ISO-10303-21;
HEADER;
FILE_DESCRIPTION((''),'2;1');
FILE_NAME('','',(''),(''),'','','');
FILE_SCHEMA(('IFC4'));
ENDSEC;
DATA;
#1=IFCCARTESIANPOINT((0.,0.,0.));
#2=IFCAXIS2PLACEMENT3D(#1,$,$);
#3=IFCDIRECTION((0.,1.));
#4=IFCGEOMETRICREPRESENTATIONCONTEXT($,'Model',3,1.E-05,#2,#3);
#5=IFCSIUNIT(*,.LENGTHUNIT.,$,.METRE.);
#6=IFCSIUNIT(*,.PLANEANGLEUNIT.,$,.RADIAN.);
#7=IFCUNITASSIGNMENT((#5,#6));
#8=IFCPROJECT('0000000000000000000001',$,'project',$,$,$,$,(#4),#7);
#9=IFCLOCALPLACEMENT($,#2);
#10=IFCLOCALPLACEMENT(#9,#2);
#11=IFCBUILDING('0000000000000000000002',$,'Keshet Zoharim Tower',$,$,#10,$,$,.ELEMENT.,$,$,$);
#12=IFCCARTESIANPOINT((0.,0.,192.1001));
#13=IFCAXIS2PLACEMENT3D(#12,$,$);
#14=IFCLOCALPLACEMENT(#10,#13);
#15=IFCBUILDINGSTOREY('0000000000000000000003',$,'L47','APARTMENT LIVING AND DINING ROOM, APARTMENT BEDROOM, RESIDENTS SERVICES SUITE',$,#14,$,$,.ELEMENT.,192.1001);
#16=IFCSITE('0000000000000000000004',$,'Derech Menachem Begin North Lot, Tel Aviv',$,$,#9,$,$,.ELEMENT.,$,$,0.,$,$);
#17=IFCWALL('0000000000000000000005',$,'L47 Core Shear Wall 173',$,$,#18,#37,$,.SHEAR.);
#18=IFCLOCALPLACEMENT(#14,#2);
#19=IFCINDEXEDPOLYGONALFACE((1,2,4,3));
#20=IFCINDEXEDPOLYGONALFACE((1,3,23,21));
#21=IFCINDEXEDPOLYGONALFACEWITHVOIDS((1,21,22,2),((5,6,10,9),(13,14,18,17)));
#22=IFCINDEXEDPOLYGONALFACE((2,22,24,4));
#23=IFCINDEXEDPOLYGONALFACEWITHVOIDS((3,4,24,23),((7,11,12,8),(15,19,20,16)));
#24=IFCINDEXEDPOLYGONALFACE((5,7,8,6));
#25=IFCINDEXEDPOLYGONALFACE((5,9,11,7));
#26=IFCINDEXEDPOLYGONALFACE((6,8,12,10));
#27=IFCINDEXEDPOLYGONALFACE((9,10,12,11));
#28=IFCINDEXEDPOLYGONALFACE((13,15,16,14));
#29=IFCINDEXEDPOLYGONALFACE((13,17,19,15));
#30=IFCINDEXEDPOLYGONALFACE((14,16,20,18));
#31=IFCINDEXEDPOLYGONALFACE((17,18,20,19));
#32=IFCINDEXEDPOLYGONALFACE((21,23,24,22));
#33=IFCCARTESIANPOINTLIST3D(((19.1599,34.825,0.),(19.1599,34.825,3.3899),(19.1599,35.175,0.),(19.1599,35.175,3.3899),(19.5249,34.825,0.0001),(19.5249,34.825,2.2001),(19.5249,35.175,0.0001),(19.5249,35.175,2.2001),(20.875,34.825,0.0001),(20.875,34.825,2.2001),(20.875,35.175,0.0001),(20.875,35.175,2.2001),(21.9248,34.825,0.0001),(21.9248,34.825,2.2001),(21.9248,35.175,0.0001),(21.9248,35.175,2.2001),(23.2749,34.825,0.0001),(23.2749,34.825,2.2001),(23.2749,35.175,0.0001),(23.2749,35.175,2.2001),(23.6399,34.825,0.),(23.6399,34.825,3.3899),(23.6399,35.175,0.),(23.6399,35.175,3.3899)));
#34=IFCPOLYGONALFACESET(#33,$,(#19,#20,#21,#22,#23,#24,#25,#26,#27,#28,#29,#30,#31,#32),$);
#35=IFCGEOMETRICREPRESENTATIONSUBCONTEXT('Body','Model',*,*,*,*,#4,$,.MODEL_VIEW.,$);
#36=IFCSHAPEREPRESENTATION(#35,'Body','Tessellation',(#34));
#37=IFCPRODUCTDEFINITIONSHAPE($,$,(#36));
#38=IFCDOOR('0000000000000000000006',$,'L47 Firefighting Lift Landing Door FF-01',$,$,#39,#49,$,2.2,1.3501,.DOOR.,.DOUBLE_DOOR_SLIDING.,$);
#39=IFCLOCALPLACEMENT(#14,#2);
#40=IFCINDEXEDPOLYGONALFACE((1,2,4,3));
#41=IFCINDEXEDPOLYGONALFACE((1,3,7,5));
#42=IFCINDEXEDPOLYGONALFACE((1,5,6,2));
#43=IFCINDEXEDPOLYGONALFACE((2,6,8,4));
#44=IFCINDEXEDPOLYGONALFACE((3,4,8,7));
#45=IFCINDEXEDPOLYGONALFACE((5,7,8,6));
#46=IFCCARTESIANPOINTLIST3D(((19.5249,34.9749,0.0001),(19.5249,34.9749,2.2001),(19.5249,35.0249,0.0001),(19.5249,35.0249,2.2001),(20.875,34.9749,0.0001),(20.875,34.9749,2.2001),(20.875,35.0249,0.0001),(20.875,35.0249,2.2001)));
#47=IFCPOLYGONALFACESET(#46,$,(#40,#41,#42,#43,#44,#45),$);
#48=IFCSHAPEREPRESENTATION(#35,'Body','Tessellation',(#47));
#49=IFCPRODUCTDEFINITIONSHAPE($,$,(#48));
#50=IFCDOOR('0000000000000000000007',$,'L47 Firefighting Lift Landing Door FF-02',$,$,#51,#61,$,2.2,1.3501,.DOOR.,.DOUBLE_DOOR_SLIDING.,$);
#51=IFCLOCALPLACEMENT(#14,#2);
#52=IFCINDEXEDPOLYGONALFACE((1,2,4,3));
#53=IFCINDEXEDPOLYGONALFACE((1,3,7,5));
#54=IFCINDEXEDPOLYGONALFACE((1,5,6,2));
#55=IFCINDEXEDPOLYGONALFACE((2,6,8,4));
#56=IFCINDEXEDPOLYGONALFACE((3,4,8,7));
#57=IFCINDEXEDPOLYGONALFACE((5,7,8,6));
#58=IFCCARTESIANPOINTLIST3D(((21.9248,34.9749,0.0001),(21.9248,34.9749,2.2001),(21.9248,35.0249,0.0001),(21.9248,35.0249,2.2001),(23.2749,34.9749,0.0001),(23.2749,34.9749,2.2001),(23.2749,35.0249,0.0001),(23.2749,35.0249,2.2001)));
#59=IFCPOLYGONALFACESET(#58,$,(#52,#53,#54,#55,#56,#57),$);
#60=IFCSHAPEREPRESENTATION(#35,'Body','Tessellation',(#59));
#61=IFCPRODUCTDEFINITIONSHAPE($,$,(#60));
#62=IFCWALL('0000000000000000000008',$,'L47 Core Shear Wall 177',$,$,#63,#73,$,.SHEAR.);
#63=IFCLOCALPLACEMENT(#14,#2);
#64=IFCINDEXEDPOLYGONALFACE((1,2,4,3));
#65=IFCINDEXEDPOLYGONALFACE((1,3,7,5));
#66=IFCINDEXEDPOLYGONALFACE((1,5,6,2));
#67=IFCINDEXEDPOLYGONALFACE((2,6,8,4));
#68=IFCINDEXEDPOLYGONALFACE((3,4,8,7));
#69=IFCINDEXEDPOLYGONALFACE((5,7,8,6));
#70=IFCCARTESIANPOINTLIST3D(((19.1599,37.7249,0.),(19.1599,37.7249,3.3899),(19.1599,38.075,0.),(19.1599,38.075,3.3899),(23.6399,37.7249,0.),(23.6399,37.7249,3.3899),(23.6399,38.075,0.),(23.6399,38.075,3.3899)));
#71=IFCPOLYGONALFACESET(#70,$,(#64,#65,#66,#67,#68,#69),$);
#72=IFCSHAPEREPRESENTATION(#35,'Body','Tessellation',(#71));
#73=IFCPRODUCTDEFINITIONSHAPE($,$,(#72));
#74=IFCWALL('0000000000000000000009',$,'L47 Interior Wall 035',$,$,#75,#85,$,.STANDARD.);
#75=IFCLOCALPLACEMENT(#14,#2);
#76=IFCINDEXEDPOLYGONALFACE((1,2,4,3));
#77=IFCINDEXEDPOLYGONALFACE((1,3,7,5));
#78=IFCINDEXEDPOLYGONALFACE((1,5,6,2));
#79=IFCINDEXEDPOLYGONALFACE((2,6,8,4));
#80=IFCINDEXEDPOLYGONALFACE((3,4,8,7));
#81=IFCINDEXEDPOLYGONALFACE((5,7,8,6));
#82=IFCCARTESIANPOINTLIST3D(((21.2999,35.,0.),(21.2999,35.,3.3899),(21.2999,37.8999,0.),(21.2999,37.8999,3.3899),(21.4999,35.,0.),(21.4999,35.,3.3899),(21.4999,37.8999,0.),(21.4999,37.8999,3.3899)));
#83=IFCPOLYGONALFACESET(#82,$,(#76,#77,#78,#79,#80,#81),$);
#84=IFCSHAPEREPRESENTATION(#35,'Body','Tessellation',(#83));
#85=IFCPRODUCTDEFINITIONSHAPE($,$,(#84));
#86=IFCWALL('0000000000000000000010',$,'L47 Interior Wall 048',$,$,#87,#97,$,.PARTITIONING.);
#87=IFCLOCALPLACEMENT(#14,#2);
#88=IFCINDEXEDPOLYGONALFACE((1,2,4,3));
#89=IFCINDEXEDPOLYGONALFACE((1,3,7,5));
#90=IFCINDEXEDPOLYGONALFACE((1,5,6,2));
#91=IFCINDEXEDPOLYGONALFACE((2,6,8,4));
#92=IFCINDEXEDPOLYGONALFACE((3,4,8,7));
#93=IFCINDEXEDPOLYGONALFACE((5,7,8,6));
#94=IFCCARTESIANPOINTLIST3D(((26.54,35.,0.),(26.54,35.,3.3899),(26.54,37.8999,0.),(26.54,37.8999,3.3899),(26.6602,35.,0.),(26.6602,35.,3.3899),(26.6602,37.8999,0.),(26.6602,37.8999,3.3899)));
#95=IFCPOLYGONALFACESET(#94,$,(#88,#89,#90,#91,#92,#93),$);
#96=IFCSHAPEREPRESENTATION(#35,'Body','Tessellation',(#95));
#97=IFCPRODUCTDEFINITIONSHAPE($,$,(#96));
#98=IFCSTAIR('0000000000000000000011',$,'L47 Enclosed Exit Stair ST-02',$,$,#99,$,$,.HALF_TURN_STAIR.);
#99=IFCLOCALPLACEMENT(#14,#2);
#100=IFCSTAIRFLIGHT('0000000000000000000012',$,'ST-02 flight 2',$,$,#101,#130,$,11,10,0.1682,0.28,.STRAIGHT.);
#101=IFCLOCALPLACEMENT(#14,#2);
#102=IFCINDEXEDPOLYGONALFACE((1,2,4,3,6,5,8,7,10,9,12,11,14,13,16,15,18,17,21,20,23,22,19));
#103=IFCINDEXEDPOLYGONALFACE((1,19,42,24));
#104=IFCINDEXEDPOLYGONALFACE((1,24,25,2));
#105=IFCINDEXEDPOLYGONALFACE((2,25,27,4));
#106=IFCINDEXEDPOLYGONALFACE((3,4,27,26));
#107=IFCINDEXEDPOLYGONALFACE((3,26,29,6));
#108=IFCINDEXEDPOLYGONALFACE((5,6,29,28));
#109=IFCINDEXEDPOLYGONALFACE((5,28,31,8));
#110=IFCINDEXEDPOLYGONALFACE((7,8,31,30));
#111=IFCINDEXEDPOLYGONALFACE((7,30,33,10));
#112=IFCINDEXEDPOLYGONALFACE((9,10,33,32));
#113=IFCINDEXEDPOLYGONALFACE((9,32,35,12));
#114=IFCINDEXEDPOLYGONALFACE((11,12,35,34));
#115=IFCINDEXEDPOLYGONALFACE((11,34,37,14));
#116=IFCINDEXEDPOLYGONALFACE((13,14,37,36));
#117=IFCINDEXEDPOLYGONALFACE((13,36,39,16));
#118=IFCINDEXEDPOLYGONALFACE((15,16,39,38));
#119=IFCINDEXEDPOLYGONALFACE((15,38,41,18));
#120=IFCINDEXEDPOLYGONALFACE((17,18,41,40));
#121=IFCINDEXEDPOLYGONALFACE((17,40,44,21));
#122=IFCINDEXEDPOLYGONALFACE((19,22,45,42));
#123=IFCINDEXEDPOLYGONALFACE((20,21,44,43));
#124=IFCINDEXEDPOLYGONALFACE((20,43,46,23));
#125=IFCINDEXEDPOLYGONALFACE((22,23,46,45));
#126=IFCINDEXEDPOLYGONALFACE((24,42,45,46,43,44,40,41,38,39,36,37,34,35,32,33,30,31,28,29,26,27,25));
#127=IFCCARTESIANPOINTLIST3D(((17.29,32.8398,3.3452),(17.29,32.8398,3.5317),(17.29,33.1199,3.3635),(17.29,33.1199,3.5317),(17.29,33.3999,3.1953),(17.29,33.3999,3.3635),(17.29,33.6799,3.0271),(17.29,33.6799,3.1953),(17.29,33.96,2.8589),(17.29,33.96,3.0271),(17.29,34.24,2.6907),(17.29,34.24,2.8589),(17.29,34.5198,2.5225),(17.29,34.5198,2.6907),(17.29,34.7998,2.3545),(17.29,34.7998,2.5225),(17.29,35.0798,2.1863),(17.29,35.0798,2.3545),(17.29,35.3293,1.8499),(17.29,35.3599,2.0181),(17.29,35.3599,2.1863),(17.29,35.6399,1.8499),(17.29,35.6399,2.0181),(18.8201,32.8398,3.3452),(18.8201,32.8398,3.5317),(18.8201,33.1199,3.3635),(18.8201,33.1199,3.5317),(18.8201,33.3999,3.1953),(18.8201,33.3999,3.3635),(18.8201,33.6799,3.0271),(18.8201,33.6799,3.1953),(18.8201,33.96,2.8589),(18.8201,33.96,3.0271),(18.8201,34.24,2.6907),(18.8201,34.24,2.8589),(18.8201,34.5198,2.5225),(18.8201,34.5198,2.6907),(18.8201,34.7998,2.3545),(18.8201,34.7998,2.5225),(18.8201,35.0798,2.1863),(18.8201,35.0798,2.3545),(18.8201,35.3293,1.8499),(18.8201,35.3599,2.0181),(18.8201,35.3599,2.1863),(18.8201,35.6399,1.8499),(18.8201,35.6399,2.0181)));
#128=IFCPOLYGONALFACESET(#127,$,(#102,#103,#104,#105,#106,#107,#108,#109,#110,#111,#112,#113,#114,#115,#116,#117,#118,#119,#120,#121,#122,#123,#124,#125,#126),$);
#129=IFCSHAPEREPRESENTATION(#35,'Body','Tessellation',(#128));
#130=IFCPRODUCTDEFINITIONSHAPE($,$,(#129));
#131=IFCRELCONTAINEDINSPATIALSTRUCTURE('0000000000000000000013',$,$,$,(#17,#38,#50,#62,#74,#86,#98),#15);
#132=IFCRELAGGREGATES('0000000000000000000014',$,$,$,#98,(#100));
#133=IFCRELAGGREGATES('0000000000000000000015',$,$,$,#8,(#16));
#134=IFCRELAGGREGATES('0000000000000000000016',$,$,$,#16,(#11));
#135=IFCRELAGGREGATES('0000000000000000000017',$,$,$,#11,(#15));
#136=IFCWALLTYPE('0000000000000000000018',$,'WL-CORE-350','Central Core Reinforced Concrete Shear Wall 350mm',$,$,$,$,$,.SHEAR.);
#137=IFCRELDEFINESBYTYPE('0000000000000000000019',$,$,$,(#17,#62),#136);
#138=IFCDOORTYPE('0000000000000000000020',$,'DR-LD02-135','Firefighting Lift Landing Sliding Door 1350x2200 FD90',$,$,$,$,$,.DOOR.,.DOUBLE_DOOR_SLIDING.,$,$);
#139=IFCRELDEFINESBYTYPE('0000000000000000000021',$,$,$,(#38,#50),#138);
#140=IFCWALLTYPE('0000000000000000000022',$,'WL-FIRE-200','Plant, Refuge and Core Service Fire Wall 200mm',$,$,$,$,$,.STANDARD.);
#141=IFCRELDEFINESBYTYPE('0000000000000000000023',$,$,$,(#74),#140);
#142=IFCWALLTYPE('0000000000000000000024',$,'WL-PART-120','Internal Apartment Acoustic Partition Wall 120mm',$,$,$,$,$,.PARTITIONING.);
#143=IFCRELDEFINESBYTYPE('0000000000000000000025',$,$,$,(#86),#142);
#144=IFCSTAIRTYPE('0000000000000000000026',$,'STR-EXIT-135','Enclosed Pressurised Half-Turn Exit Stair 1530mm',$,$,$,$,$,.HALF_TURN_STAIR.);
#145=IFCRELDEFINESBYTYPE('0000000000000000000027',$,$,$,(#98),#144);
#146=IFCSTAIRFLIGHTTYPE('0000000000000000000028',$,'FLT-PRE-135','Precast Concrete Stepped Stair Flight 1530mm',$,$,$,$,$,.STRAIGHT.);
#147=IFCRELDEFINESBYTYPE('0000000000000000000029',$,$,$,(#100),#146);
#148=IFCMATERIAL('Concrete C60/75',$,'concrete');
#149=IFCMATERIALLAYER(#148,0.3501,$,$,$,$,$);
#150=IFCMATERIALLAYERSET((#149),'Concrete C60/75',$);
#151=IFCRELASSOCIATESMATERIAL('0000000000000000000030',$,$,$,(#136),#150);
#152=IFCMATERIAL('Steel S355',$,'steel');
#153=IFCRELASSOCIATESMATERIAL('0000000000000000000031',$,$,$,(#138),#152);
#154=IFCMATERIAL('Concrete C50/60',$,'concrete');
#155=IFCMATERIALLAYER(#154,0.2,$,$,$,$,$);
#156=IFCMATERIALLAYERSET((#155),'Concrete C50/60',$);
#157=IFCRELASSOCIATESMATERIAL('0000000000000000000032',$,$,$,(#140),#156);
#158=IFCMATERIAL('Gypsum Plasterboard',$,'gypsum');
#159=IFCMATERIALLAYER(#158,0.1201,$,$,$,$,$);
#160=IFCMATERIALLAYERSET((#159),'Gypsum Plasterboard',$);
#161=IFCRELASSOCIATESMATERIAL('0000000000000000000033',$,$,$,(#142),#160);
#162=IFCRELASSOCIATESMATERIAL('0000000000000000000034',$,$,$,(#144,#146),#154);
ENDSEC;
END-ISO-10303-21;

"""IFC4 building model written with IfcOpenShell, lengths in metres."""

from ifc_helpers import new_model, si_unit, direction, frame, frame_2d, origin, place, context, subcontext, project, spatial, polyline, rectangle, outline, extrude, material, layer, layer_set, type_object, element, fill, aggregate, save


model = new_model("IFC4")

# Units and contexts
model_context = context("Model", 3, precision=1e-05, world=origin(), true_north=direction((0.0, 1.0)))
body_context = subcontext(model_context, "Body", "Model", "MODEL_VIEW")
ifc_project = project(units=[si_unit("LENGTHUNIT", "METRE"), si_unit("PLANEANGLEUNIT", "RADIAN")], contexts=[model_context])

# Site, building, storey
site_placement = place(None, origin())
site = spatial("IfcSite", under=ifc_project, at=site_placement, Name="Derech Menachem Begin North Lot, Tel Aviv", CompositionType="ELEMENT", RefElevation=0.0)
building_placement = place(site_placement, origin())
building = spatial("IfcBuilding", under=site, at=building_placement, Name="Keshet Zoharim Tower", CompositionType="ELEMENT")
storey_placement = place(building_placement, frame((0.0, 0.0, 192.1001)))
storey = spatial("IfcBuildingStorey", under=building, at=storey_placement, Name="L47", Description="APARTMENT LIVING AND DINING ROOM, APARTMENT BEDROOM, RESIDENTS SERVICES SUITE", CompositionType="ELEMENT", Elevation=192.1001)

# Shared definitions
ifc_material_1 = material(Name="Steel S355", Category="steel")

# Shared definitions
ifc_material_2 = material(Name="Gypsum Plasterboard", Category="gypsum")
ifc_material_3 = material(Name="Concrete C60/75", Category="concrete")
ifc_layer_1 = layer(ifc_material_3, 0.3501)
ifc_layer_set_1 = layer_set([ifc_layer_1], Name="Concrete C60/75")
wall_type_1 = type_object("IfcWallType", Name="WL-CORE-350", Description="Central Core Reinforced Concrete Shear Wall 350mm", PredefinedType="SHEAR", material=ifc_layer_set_1)

# Wall, openings, doors
wall_1_placement = place(storey_placement, frame((19.1599, 35.0, 0.0), z_axis=(0.0, 0.0, 1.0), x_axis=(1.0, 0.0, 0.0)))
wall_1 = element("IfcWall", 1, at=wall_1_placement, inside=storey, type_object=wall_type_1, Name="L47 Core Shear Wall 173", PredefinedType="SHEAR", context=body_context, shape_type="SweptSolid", body=[
    extrude(rectangle(XDim=4.48, YDim=0.3501, at=frame_2d((2.24, 0.0))), origin(), (0.0, 0.0, 1.0), 3.3899),
])
opening_1_placement = place(wall_1_placement, frame((0.365, 0.0, 0.0)))
opening_1 = element("IfcOpeningElement", 2, at=opening_1_placement, cuts=wall_1, PredefinedType="OPENING", context=body_context, shape_type="SweptSolid", body=[
    extrude(rectangle(XDim=1.3501, YDim=2.2, at=frame_2d((0.675, 1.1001))), frame((0.0, 0.1851, 0.0), z_axis=(0.0, -1.0, 0.0), x_axis=(1.0, 0.0, 0.0)), (0.0, 0.0, 1.0), 0.3701),
])
opening_2_placement = place(wall_1_placement, frame((2.7649, 0.0, 0.0)))
opening_2 = element("IfcOpeningElement", 3, at=opening_2_placement, cuts=wall_1, PredefinedType="OPENING", context=body_context, shape_type="SweptSolid", body=[
    extrude(rectangle(XDim=1.3501, YDim=2.2, at=frame_2d((0.675, 1.1001))), frame((0.0, 0.1851, 0.0), z_axis=(0.0, -1.0, 0.0), x_axis=(1.0, 0.0, 0.0)), (0.0, 0.0, 1.0), 0.3701),
])
door_type_1 = type_object("IfcDoorType", Name="DR-LD02-135", Description="Firefighting Lift Landing Sliding Door 1350x2200 FD90", OperationType="DOUBLE_DOOR_SLIDING", PredefinedType="DOOR", material=ifc_material_1)
door_1_placement = place(opening_1_placement, origin())
door_1 = element("IfcDoor", 4, at=door_1_placement, inside=storey, type_object=door_type_1, Name="L47 Firefighting Lift Landing Door FF-01", OperationType="DOUBLE_DOOR_SLIDING", OverallHeight=2.2, OverallWidth=1.3501, PredefinedType="DOOR", context=body_context, shape_type="SweptSolid", body=[
    extrude(rectangle(XDim=1.3501, YDim=2.2, at=frame_2d((0.675, 1.1001))), frame((0.0, 0.0249, 0.0), z_axis=(0.0, -1.0, 0.0), x_axis=(1.0, 0.0, 0.0)), (0.0, 0.0, 1.0), 0.05),
])
fill(opening_1, door_1)
door_2_placement = place(opening_2_placement, origin())
door_2 = element("IfcDoor", 5, at=door_2_placement, inside=storey, type_object=door_type_1, Name="L47 Firefighting Lift Landing Door FF-02", OperationType="DOUBLE_DOOR_SLIDING", OverallHeight=2.2, OverallWidth=1.3501, PredefinedType="DOOR", context=body_context, shape_type="SweptSolid", body=[
    extrude(rectangle(XDim=1.3501, YDim=2.2, at=frame_2d((0.675, 1.1001))), frame((0.0, 0.0249, 0.0), z_axis=(0.0, -1.0, 0.0), x_axis=(1.0, 0.0, 0.0)), (0.0, 0.0, 1.0), 0.05),
])
fill(opening_2, door_2)

# Walls
wall_2_placement = place(storey_placement, frame((19.1599, 37.8999, 0.0), z_axis=(0.0, 0.0, 1.0), x_axis=(1.0, 0.0, 0.0)))
element("IfcWall", 6, at=wall_2_placement, inside=storey, type_object=wall_type_1, Name="L47 Core Shear Wall 177", PredefinedType="SHEAR", context=body_context, shape_type="SweptSolid", body=[
    extrude(rectangle(XDim=4.48, YDim=0.3501, at=frame_2d((2.24, 0.0))), origin(), (0.0, 0.0, 1.0), 3.3899),
])
ifc_material_4 = material(Name="Concrete C50/60", Category="concrete")
ifc_layer_2 = layer(ifc_material_4, 0.2)
ifc_layer_set_2 = layer_set([ifc_layer_2], Name="Concrete C50/60")
wall_type_2 = type_object("IfcWallType", Name="WL-FIRE-200", Description="Plant, Refuge and Core Service Fire Wall 200mm", PredefinedType="STANDARD", material=ifc_layer_set_2)
wall_3_placement = place(storey_placement, frame((21.3999, 35.0, 0.0), z_axis=(0.0, 0.0, 1.0), x_axis=(0.0, 1.0, 0.0)))
element("IfcWall", 7, at=wall_3_placement, inside=storey, type_object=wall_type_2, Name="L47 Interior Wall 035", PredefinedType="STANDARD", context=body_context, shape_type="SweptSolid", body=[
    extrude(rectangle(XDim=2.8999, YDim=0.2, at=frame_2d((1.45, 0.0))), origin(), (0.0, 0.0, 1.0), 3.3899),
])
ifc_layer_3 = layer(ifc_material_2, 0.1201)
ifc_layer_set_3 = layer_set([ifc_layer_3], Name="Gypsum Plasterboard")
wall_type_3 = type_object("IfcWallType", Name="WL-PART-120", Description="Internal Apartment Acoustic Partition Wall 120mm", PredefinedType="PARTITIONING", material=ifc_layer_set_3)
wall_4_placement = place(storey_placement, frame((26.6001, 35.0, 0.0), z_axis=(0.0, 0.0, 1.0), x_axis=(0.0, 1.0, 0.0)))
element("IfcWall", 8, at=wall_4_placement, inside=storey, type_object=wall_type_3, Name="L47 Interior Wall 048", PredefinedType="PARTITIONING", context=body_context, shape_type="SweptSolid", body=[
    extrude(rectangle(XDim=2.8999, YDim=0.1201, at=frame_2d((1.45, 0.0))), origin(), (0.0, 0.0, 1.0), 3.3899),
])

# Stair, stair flight
stair_type = type_object("IfcStairType", Name="STR-EXIT-135", Description="Enclosed Pressurised Half-Turn Exit Stair 1530mm", PredefinedType="HALF_TURN_STAIR", material=ifc_material_4)
stair_placement = place(storey_placement, origin())
stair = element("IfcStair", 9, at=stair_placement, inside=storey, type_object=stair_type, Name="L47 Enclosed Exit Stair ST-02", PredefinedType="HALF_TURN_STAIR")
stair_flight_type = type_object("IfcStairFlightType", Name="FLT-PRE-135", Description="Precast Concrete Stepped Stair Flight 1530mm", PredefinedType="STRAIGHT", material=ifc_material_4)
stair_flight_placement = place(storey_placement, frame((18.0549, 35.6399, 1.8499), z_axis=(0.0, 0.0, 1.0), x_axis=(0.0, -1.0, 0.0)))
stair_flight = element("IfcStairFlight", 10, at=stair_flight_placement, type_object=stair_flight_type, Name="ST-02 flight 2", NumberOfRisers=11, NumberOfTreads=10, PredefinedType="STRAIGHT", RiserHeight=0.1682, TreadLength=0.28, context=body_context, shape_type="SweptSolid", body=[
    extrude(outline(polyline([(0.0, 0.0), (0.0, 0.1682), (0.28, 0.1682), (0.28, 0.3364), (0.5601, 0.3364), (0.5601, 0.5046), (0.8401, 0.5046), (0.8401, 0.6726), (1.1201, 0.6726), (1.1201, 0.8408), (1.3999, 0.8408), (1.3999, 1.009), (1.6799, 1.009), (1.6799, 1.1772), (1.96, 1.1772), (1.96, 1.3455), (2.24, 1.3455), (2.24, 1.5137), (2.52, 1.5137), (2.52, 1.6819), (2.8, 1.6819), (2.8, 1.8501), (2.8, 1.4954), (0.3105, 0.0), (0.0, 0.0)])), frame((0.0, 0.7651, 0.0), z_axis=(0.0, -1.0, 0.0), x_axis=(1.0, 0.0, 0.0)), (0.0, 0.0, 1.0), 1.53),
])
aggregate(stair, [stair_flight])

save(model, "model.ifc")
